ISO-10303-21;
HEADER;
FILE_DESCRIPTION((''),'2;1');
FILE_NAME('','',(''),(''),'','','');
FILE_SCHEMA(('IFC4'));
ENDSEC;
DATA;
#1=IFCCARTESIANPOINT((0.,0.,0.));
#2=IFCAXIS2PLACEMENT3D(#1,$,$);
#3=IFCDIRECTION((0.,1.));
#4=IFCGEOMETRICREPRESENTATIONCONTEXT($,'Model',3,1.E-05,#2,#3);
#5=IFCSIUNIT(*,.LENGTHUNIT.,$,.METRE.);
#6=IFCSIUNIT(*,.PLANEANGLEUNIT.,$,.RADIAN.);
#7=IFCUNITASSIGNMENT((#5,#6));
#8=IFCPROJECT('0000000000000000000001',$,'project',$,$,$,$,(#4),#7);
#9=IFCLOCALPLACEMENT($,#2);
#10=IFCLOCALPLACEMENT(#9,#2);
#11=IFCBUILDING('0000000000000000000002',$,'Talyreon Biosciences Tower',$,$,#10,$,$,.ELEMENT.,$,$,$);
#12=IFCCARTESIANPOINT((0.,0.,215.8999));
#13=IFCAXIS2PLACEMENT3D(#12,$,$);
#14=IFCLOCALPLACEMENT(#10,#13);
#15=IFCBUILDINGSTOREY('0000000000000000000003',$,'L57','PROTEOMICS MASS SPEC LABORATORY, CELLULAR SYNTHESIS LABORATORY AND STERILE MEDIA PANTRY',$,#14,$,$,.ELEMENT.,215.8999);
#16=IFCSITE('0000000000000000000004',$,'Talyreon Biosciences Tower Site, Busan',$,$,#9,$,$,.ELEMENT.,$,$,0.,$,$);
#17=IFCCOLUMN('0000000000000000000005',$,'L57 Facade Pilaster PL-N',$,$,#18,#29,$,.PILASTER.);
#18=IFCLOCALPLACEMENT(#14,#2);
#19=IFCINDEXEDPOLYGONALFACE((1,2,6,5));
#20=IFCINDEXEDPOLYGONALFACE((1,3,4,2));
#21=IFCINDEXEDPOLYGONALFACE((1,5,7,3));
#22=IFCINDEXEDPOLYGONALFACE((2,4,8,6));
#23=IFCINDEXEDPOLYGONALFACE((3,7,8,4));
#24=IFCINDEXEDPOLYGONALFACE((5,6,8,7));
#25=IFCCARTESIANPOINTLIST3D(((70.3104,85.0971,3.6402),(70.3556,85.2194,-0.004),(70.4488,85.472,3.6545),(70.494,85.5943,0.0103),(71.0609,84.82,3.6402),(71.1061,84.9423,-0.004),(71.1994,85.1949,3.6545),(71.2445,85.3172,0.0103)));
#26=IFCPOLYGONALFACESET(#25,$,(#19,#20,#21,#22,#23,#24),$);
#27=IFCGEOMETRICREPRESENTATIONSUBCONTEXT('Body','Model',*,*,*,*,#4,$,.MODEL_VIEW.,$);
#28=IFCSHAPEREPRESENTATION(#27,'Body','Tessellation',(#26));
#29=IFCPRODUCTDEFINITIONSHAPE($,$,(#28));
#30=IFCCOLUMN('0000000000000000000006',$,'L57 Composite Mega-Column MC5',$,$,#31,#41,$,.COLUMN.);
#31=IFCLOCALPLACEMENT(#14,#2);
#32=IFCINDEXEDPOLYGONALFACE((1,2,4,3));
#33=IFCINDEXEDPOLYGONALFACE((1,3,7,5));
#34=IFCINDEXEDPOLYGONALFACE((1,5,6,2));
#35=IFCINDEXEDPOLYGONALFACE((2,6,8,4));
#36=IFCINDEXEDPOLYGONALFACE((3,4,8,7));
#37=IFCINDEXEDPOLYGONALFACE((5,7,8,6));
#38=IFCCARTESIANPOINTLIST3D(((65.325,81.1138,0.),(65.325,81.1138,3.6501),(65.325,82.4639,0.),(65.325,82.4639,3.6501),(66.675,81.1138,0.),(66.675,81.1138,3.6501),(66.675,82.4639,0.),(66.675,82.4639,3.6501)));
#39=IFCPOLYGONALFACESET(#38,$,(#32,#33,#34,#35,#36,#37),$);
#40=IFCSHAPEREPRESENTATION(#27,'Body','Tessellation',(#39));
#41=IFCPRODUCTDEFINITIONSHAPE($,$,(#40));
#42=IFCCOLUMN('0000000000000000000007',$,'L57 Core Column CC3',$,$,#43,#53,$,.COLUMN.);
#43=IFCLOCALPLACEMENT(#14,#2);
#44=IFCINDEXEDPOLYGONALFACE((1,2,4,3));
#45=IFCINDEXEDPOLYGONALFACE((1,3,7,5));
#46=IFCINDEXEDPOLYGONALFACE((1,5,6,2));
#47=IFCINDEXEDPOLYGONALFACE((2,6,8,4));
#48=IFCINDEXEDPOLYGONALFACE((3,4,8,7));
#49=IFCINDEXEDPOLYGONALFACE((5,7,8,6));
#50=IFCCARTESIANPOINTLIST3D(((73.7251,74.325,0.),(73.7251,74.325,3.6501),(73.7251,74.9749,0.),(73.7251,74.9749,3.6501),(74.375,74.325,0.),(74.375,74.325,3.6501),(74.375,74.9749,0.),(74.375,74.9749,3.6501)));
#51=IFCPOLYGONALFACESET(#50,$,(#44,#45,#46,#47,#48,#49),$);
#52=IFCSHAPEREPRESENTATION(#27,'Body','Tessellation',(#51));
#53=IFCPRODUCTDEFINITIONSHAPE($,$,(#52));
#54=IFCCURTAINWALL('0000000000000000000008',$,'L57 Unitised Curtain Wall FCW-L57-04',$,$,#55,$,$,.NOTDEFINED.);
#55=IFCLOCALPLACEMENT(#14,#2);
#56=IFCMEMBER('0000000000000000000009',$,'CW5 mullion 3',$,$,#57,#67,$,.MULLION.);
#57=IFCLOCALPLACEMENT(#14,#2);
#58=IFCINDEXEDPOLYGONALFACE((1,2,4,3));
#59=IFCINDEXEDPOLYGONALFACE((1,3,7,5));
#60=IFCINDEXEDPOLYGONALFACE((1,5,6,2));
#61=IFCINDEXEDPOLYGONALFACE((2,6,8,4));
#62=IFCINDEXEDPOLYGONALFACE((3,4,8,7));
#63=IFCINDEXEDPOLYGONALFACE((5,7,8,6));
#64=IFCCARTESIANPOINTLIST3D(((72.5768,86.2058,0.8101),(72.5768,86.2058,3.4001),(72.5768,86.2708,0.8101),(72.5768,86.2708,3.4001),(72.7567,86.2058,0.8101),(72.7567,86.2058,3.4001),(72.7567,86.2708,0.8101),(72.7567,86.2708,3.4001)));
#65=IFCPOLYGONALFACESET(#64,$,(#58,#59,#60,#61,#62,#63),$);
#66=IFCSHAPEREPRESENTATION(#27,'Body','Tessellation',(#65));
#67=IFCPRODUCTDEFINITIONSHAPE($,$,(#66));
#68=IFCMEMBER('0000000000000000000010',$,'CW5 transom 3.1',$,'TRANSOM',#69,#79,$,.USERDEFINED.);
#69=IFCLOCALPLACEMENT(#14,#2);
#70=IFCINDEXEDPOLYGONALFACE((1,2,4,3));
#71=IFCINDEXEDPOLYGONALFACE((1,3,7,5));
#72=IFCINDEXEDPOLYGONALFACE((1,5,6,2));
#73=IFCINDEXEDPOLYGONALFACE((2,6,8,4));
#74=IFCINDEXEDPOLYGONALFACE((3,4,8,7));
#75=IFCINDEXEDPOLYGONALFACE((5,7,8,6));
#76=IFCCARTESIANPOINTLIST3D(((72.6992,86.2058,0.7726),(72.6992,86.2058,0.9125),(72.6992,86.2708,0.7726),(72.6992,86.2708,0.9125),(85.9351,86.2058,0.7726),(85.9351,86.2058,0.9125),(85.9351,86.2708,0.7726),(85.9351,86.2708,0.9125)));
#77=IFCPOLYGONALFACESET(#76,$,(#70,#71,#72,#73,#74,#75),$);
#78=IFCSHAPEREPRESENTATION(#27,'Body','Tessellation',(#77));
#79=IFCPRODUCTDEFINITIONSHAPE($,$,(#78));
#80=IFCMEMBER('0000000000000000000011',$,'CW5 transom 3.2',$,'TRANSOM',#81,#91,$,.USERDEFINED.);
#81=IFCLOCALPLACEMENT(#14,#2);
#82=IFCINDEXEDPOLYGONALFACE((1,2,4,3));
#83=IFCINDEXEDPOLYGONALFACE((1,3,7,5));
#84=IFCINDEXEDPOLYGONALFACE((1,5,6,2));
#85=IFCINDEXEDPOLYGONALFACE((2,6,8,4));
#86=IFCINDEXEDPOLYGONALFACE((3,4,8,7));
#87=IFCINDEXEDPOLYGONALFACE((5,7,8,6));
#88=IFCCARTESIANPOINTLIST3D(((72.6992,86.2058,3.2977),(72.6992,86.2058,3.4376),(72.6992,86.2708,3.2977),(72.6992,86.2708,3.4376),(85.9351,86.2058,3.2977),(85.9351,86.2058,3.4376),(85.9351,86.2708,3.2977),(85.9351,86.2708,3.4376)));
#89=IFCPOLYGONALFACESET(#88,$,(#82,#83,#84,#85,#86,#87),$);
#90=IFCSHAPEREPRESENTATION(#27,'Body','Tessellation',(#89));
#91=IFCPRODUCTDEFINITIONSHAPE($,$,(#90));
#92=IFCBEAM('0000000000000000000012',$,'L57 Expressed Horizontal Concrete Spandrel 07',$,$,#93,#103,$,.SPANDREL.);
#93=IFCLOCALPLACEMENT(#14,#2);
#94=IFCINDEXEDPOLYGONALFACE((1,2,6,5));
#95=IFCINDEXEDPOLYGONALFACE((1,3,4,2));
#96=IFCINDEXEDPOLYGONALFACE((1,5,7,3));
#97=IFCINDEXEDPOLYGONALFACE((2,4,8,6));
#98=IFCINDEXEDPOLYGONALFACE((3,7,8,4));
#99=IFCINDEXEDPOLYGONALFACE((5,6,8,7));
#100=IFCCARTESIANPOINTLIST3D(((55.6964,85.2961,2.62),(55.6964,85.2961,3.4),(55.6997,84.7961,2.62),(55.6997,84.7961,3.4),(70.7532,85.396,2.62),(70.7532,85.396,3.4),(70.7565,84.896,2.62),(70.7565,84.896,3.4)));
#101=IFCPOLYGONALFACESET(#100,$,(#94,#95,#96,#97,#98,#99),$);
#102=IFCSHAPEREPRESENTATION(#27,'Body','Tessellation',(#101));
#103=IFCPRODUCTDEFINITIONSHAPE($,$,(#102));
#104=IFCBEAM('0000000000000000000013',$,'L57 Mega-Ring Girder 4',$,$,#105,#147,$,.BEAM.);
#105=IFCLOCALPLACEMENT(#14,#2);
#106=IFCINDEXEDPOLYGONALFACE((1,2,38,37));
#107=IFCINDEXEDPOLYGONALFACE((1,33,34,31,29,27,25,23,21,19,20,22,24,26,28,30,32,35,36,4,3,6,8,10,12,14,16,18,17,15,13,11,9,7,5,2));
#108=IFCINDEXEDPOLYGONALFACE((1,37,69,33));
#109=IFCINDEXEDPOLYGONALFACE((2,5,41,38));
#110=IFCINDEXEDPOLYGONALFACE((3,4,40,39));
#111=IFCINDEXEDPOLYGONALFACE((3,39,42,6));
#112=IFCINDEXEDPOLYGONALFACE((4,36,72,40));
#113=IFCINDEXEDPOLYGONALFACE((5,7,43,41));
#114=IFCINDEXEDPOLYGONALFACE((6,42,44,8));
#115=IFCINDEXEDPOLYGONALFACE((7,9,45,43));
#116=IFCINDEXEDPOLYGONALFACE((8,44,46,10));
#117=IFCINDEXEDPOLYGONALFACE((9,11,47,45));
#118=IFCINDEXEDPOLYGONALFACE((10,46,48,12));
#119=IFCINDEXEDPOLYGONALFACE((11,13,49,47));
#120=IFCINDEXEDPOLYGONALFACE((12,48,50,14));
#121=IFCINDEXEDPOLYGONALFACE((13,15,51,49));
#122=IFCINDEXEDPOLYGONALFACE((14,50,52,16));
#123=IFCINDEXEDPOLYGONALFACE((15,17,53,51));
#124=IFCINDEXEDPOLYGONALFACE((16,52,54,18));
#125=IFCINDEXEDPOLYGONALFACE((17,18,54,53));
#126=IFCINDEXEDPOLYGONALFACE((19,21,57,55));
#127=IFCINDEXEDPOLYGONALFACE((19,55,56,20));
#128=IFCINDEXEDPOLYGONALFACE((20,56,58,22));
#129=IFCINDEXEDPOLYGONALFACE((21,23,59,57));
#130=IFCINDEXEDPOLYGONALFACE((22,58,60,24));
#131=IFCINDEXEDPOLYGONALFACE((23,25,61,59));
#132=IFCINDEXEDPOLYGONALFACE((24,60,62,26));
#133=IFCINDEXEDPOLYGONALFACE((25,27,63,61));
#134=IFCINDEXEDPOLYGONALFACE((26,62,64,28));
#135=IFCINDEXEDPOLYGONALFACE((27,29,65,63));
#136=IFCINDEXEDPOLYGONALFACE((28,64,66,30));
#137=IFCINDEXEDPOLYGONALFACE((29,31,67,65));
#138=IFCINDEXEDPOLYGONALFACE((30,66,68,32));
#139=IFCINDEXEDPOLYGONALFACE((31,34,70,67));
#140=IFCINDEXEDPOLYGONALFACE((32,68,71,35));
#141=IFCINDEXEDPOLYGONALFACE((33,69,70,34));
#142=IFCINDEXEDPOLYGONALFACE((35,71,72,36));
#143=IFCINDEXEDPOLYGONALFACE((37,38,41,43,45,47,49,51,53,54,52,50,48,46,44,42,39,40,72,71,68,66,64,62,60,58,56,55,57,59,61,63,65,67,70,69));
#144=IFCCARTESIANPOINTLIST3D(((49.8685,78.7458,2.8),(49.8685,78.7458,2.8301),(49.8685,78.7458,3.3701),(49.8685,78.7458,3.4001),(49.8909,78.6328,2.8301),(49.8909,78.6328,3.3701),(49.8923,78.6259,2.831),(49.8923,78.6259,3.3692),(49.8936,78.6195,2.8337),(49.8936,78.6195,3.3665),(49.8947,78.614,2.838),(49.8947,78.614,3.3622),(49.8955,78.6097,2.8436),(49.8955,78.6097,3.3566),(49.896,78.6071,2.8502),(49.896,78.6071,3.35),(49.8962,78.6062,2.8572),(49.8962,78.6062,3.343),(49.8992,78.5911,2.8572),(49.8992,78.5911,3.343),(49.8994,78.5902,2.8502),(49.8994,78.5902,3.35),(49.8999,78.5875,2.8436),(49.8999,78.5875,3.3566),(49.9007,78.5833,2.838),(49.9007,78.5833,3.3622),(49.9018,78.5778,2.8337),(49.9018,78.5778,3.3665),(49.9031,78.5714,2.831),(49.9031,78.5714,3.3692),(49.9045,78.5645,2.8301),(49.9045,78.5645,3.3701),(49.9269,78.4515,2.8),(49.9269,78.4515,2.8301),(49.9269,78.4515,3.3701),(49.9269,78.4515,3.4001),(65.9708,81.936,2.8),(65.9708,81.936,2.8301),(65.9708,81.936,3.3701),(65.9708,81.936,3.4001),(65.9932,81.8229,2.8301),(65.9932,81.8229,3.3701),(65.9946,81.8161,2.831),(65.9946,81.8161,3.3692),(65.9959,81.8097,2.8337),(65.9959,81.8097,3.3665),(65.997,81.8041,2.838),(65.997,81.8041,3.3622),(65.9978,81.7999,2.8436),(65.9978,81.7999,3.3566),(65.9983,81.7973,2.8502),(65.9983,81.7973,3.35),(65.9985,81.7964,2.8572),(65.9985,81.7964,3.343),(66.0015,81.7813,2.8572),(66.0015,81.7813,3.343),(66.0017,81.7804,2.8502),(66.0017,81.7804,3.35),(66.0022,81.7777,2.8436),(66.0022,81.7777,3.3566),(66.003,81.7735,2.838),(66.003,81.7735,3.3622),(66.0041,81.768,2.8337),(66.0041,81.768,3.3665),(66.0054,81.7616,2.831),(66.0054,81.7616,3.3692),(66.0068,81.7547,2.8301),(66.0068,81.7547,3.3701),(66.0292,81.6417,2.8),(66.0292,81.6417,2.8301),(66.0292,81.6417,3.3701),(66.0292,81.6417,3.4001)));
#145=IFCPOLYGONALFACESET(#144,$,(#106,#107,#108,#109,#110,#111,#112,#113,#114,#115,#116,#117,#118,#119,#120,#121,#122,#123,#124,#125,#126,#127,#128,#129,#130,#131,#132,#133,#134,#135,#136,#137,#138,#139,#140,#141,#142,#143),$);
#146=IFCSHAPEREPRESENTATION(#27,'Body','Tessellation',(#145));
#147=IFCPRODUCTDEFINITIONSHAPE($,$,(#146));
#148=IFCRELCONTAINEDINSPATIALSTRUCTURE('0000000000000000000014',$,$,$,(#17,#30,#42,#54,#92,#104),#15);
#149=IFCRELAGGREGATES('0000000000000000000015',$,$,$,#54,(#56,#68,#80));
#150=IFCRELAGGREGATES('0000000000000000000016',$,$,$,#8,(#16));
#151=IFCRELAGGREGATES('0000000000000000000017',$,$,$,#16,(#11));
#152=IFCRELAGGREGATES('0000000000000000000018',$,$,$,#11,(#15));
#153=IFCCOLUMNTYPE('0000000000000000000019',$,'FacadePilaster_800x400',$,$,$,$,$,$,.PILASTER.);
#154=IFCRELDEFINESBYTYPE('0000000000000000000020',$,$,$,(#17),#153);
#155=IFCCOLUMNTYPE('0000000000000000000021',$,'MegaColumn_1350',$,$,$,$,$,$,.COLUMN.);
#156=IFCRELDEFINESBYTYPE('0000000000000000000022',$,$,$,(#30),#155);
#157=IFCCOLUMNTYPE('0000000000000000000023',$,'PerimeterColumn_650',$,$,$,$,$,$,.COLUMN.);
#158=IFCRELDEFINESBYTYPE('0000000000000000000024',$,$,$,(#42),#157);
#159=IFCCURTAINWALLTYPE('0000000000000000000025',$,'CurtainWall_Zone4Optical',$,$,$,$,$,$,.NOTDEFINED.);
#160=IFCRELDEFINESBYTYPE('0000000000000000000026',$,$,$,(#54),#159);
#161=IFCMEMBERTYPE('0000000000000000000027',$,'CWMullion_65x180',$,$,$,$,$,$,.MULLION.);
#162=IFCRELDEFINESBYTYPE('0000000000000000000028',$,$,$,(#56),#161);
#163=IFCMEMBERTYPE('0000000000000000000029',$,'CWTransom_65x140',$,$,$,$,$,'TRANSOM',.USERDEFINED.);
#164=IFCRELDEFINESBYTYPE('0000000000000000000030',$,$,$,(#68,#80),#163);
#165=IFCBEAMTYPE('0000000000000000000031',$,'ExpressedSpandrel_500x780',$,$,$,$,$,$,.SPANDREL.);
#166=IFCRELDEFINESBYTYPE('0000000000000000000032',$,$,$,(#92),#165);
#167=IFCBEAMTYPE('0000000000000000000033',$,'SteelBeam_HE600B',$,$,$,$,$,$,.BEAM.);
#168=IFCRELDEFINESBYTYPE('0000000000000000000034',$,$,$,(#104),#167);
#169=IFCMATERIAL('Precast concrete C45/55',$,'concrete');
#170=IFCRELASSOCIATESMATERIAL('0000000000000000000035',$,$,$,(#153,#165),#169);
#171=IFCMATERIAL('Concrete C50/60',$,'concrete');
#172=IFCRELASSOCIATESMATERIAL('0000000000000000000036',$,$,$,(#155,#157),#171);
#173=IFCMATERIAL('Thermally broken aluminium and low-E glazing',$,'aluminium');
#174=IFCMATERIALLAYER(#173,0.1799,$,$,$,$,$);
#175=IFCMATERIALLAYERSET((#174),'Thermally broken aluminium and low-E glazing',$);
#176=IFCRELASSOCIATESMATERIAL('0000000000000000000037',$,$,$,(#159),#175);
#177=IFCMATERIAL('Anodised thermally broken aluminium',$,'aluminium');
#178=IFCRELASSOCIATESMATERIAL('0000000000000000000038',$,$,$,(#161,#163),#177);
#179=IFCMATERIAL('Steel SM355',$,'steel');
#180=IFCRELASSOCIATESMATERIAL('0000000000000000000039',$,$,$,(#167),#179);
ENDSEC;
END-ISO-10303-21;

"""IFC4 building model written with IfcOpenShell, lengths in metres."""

from ifc_helpers import new_model, si_unit, direction, frame, origin, origin_2d, place, context, subcontext, project, spatial, rectangle, i_section, extrude, material, layer, layer_set, material_profile, profile_set, type_object, element, aggregate, save


model = new_model("IFC4")

# Units and contexts
model_context = context("Model", 3, precision=1e-05, world=origin(), true_north=direction((0.0, 1.0)))
body_context = subcontext(model_context, "Body", "Model", "MODEL_VIEW")
ifc_project = project(units=[si_unit("LENGTHUNIT", "METRE"), si_unit("PLANEANGLEUNIT", "RADIAN")], contexts=[model_context])

# Site, building, storey
site_placement = place(None, origin())
site = spatial("IfcSite", under=ifc_project, at=site_placement, Name="Talyreon Biosciences Tower Site, Busan", CompositionType="ELEMENT", RefElevation=0.0)
building_placement = place(site_placement, origin())
building = spatial("IfcBuilding", under=site, at=building_placement, Name="Talyreon Biosciences Tower", CompositionType="ELEMENT")
storey_placement = place(building_placement, frame((0.0, 0.0, 215.8999)))
storey = spatial("IfcBuildingStorey", under=building, at=storey_placement, Name="L57", Description="PROTEOMICS MASS SPEC LABORATORY, CELLULAR SYNTHESIS LABORATORY AND STERILE MEDIA PANTRY", CompositionType="ELEMENT", Elevation=215.8999)

# Columns
ifc_material_1 = material(Name="Precast concrete C45/55", Category="concrete")
ifc_material_profile_1 = material_profile(ifc_material_1, rectangle(XDim=0.8, YDim=0.3999, at=origin_2d()), Name="RC 800x400")
ifc_profile_set_1 = profile_set([ifc_material_profile_1], Name="Precast concrete C45/55")
column_type_1 = type_object("IfcColumnType", Name="FacadePilaster_800x400", PredefinedType="PILASTER", material=ifc_profile_set_1)
column_1_placement = place(storey_placement, frame((70.8, 85.2683, 0.0032), z_axis=(-0.012387, -0.033544, 0.99936), x_axis=(-0.938087, 0.346399, 0.0)))
element("IfcColumn", 1, at=column_1_placement, inside=storey, type_object=column_type_1, Name="L57 Facade Pilaster PL-N", PredefinedType="PILASTER", context=body_context, shape_type="SweptSolid", body=[
    extrude(rectangle(XDim=0.8, YDim=0.3999, at=origin_2d()), origin(), (0.0, 0.0, 1.0), 3.6465),
])
ifc_material_2 = material(Name="Concrete C50/60", Category="concrete")
ifc_material_profile_2 = material_profile(ifc_material_2, rectangle(XDim=1.3501, YDim=1.3501, at=origin_2d()), Name="RC 1350x1350")
ifc_profile_set_2 = profile_set([ifc_material_profile_2], Name="Concrete C50/60")
column_type_2 = type_object("IfcColumnType", Name="MegaColumn_1350", PredefinedType="COLUMN", material=ifc_profile_set_2)
column_2_placement = place(storey_placement, frame((66.0, 81.7888, 0.0), z_axis=(0.0, 0.0, 1.0), x_axis=(1.0, 0.0, 0.0)))
element("IfcColumn", 2, at=column_2_placement, inside=storey, type_object=column_type_2, Name="L57 Composite Mega-Column MC5", PredefinedType="COLUMN", context=body_context, shape_type="SweptSolid", body=[
    extrude(rectangle(XDim=1.3501, YDim=1.3501, at=origin_2d()), origin(), (0.0, 0.0, 1.0), 3.6501),
])
ifc_material_profile_3 = material_profile(ifc_material_2, rectangle(XDim=0.6499, YDim=0.6499, at=origin_2d()), Name="RC 650x650")
ifc_profile_set_3 = profile_set([ifc_material_profile_3], Name="Concrete C50/60")
column_type_3 = type_object("IfcColumnType", Name="PerimeterColumn_650", PredefinedType="COLUMN", material=ifc_profile_set_3)
column_3_placement = place(storey_placement, frame((74.05, 74.6499, 0.0), z_axis=(0.0, 0.0, 1.0), x_axis=(1.0, 0.0, 0.0)))
element("IfcColumn", 3, at=column_3_placement, inside=storey, type_object=column_type_3, Name="L57 Core Column CC3", PredefinedType="COLUMN", context=body_context, shape_type="SweptSolid", body=[
    extrude(rectangle(XDim=0.6499, YDim=0.6499, at=origin_2d()), origin(), (0.0, 0.0, 1.0), 3.6501),
])

# Curtain wall, members
ifc_material_3 = material(Name="Thermally broken aluminium and low-E glazing", Category="aluminium")
ifc_layer_1 = layer(ifc_material_3, 0.1799)
ifc_layer_set_1 = layer_set([ifc_layer_1], Name="Thermally broken aluminium and low-E glazing")
curtain_wall_type = type_object("IfcCurtainWallType", Name="CurtainWall_Zone4Optical", PredefinedType="NOTDEFINED", material=ifc_layer_set_1)
curtain_wall_placement = place(storey_placement, origin())
curtain_wall = element("IfcCurtainWall", 4, at=curtain_wall_placement, inside=storey, type_object=curtain_wall_type, Name="L57 Unitised Curtain Wall FCW-L57-04", PredefinedType="NOTDEFINED")
ifc_material_4 = material(Name="Anodised thermally broken aluminium", Category="aluminium")
ifc_material_profile_4 = material_profile(ifc_material_4, rectangle(XDim=0.0649, YDim=0.1799, at=origin_2d()), Name="ALUM MULLION 65x180")
ifc_profile_set_4 = profile_set([ifc_material_profile_4], Name="Anodised thermally broken aluminium")
member_type_1 = type_object("IfcMemberType", Name="CWMullion_65x180", PredefinedType="MULLION", material=ifc_profile_set_4)
member_1_placement = place(storey_placement, frame((72.6667, 86.2383, 0.8101), z_axis=(0.0, 0.0, 1.0), x_axis=(0.0, 1.0, 0.0)))
member_1 = element("IfcMember", 5, at=member_1_placement, type_object=member_type_1, Name="CW5 mullion 3", PredefinedType="MULLION", context=body_context, shape_type="SweptSolid", body=[
    extrude(rectangle(XDim=0.0649, YDim=0.1799, at=origin_2d()), origin(), (0.0, 0.0, 1.0), 2.5901),
])
ifc_material_profile_5 = material_profile(ifc_material_4, rectangle(XDim=0.0649, YDim=0.1399, at=origin_2d()), Name="ALUM TRANSOM 65x140")
ifc_profile_set_5 = profile_set([ifc_material_profile_5], Name="Anodised thermally broken aluminium")
member_type_2 = type_object("IfcMemberType", Name="CWTransom_65x140", ElementType="TRANSOM", PredefinedType="USERDEFINED", material=ifc_profile_set_5)
member_2_placement = place(storey_placement, frame((72.6992, 86.2383, 0.8425), z_axis=(1.0, 0.0, 0.0), x_axis=(0.0, 1.0, 0.0)))
member_2 = element("IfcMember", 6, at=member_2_placement, type_object=member_type_2, Name="CW5 transom 3.1", ObjectType="TRANSOM", PredefinedType="USERDEFINED", context=body_context, shape_type="SweptSolid", body=[
    extrude(rectangle(XDim=0.0649, YDim=0.1399, at=origin_2d()), origin(), (0.0, 0.0, 1.0), 13.2358),
])
member_3_placement = place(storey_placement, frame((72.6992, 86.2383, 3.3677), z_axis=(1.0, 0.0, 0.0), x_axis=(0.0, 1.0, 0.0)))
member_3 = element("IfcMember", 7, at=member_3_placement, type_object=member_type_2, Name="CW5 transom 3.2", ObjectType="TRANSOM", PredefinedType="USERDEFINED", context=body_context, shape_type="SweptSolid", body=[
    extrude(rectangle(XDim=0.0649, YDim=0.1399, at=origin_2d()), origin(), (0.0, 0.0, 1.0), 13.2358),
])

# Beams
ifc_material_profile_6 = material_profile(ifc_material_1, rectangle(XDim=0.5, YDim=0.78, at=origin_2d()), Name="RCB 500x780")
ifc_profile_set_6 = profile_set([ifc_material_profile_6], Name="Precast concrete C45/55")
beam_type_1 = type_object("IfcBeamType", Name="ExpressedSpandrel_500x780", PredefinedType="SPANDREL", material=ifc_profile_set_6)
beam_1_placement = place(storey_placement, frame((70.7549, 85.146, 3.01), z_axis=(-0.999978, -0.006632, 0.0), x_axis=(0.006632, -0.999978, 0.0)))
element("IfcBeam", 8, at=beam_1_placement, inside=storey, type_object=beam_type_1, Name="L57 Expressed Horizontal Concrete Spandrel 07", PredefinedType="SPANDREL", context=body_context, shape_type="SweptSolid", body=[
    extrude(rectangle(XDim=0.5, YDim=0.78, at=origin_2d()), origin(), (0.0, 0.0, 1.0), 15.0571),
])
ifc_material_5 = material(Name="Steel SM355", Category="steel")
ifc_material_profile_7 = material_profile(ifc_material_5, i_section(OverallWidth=0.3, OverallDepth=0.6001, WebThickness=0.0154, FlangeThickness=0.03, FilletRadius=0.0271, at=origin_2d()), Name="HE600B")
ifc_profile_set_7 = profile_set([ifc_material_profile_7], Name="Steel SM355")
beam_type_2 = type_object("IfcBeamType", Name="SteelBeam_HE600B", PredefinedType="BEAM", material=ifc_profile_set_7)
beam_2_placement = place(storey_placement, frame((66.0, 81.7888, 3.1001), z_axis=(-0.980934, -0.194343, 0.0), x_axis=(0.194343, -0.980934, 0.0)))
element("IfcBeam", 9, at=beam_2_placement, inside=storey, type_object=beam_type_2, Name="L57 Mega-Ring Girder 4", PredefinedType="BEAM", context=body_context, shape_type="SweptSolid", body=[
    extrude(i_section(OverallWidth=0.3, OverallDepth=0.6001, WebThickness=0.0154, FlangeThickness=0.03, FilletRadius=0.0271, at=origin_2d()), origin(), (0.0, 0.0, 1.0), 16.4153),
])

aggregate(curtain_wall, [member_1, member_2, member_3])

save(model, "model.ifc")
